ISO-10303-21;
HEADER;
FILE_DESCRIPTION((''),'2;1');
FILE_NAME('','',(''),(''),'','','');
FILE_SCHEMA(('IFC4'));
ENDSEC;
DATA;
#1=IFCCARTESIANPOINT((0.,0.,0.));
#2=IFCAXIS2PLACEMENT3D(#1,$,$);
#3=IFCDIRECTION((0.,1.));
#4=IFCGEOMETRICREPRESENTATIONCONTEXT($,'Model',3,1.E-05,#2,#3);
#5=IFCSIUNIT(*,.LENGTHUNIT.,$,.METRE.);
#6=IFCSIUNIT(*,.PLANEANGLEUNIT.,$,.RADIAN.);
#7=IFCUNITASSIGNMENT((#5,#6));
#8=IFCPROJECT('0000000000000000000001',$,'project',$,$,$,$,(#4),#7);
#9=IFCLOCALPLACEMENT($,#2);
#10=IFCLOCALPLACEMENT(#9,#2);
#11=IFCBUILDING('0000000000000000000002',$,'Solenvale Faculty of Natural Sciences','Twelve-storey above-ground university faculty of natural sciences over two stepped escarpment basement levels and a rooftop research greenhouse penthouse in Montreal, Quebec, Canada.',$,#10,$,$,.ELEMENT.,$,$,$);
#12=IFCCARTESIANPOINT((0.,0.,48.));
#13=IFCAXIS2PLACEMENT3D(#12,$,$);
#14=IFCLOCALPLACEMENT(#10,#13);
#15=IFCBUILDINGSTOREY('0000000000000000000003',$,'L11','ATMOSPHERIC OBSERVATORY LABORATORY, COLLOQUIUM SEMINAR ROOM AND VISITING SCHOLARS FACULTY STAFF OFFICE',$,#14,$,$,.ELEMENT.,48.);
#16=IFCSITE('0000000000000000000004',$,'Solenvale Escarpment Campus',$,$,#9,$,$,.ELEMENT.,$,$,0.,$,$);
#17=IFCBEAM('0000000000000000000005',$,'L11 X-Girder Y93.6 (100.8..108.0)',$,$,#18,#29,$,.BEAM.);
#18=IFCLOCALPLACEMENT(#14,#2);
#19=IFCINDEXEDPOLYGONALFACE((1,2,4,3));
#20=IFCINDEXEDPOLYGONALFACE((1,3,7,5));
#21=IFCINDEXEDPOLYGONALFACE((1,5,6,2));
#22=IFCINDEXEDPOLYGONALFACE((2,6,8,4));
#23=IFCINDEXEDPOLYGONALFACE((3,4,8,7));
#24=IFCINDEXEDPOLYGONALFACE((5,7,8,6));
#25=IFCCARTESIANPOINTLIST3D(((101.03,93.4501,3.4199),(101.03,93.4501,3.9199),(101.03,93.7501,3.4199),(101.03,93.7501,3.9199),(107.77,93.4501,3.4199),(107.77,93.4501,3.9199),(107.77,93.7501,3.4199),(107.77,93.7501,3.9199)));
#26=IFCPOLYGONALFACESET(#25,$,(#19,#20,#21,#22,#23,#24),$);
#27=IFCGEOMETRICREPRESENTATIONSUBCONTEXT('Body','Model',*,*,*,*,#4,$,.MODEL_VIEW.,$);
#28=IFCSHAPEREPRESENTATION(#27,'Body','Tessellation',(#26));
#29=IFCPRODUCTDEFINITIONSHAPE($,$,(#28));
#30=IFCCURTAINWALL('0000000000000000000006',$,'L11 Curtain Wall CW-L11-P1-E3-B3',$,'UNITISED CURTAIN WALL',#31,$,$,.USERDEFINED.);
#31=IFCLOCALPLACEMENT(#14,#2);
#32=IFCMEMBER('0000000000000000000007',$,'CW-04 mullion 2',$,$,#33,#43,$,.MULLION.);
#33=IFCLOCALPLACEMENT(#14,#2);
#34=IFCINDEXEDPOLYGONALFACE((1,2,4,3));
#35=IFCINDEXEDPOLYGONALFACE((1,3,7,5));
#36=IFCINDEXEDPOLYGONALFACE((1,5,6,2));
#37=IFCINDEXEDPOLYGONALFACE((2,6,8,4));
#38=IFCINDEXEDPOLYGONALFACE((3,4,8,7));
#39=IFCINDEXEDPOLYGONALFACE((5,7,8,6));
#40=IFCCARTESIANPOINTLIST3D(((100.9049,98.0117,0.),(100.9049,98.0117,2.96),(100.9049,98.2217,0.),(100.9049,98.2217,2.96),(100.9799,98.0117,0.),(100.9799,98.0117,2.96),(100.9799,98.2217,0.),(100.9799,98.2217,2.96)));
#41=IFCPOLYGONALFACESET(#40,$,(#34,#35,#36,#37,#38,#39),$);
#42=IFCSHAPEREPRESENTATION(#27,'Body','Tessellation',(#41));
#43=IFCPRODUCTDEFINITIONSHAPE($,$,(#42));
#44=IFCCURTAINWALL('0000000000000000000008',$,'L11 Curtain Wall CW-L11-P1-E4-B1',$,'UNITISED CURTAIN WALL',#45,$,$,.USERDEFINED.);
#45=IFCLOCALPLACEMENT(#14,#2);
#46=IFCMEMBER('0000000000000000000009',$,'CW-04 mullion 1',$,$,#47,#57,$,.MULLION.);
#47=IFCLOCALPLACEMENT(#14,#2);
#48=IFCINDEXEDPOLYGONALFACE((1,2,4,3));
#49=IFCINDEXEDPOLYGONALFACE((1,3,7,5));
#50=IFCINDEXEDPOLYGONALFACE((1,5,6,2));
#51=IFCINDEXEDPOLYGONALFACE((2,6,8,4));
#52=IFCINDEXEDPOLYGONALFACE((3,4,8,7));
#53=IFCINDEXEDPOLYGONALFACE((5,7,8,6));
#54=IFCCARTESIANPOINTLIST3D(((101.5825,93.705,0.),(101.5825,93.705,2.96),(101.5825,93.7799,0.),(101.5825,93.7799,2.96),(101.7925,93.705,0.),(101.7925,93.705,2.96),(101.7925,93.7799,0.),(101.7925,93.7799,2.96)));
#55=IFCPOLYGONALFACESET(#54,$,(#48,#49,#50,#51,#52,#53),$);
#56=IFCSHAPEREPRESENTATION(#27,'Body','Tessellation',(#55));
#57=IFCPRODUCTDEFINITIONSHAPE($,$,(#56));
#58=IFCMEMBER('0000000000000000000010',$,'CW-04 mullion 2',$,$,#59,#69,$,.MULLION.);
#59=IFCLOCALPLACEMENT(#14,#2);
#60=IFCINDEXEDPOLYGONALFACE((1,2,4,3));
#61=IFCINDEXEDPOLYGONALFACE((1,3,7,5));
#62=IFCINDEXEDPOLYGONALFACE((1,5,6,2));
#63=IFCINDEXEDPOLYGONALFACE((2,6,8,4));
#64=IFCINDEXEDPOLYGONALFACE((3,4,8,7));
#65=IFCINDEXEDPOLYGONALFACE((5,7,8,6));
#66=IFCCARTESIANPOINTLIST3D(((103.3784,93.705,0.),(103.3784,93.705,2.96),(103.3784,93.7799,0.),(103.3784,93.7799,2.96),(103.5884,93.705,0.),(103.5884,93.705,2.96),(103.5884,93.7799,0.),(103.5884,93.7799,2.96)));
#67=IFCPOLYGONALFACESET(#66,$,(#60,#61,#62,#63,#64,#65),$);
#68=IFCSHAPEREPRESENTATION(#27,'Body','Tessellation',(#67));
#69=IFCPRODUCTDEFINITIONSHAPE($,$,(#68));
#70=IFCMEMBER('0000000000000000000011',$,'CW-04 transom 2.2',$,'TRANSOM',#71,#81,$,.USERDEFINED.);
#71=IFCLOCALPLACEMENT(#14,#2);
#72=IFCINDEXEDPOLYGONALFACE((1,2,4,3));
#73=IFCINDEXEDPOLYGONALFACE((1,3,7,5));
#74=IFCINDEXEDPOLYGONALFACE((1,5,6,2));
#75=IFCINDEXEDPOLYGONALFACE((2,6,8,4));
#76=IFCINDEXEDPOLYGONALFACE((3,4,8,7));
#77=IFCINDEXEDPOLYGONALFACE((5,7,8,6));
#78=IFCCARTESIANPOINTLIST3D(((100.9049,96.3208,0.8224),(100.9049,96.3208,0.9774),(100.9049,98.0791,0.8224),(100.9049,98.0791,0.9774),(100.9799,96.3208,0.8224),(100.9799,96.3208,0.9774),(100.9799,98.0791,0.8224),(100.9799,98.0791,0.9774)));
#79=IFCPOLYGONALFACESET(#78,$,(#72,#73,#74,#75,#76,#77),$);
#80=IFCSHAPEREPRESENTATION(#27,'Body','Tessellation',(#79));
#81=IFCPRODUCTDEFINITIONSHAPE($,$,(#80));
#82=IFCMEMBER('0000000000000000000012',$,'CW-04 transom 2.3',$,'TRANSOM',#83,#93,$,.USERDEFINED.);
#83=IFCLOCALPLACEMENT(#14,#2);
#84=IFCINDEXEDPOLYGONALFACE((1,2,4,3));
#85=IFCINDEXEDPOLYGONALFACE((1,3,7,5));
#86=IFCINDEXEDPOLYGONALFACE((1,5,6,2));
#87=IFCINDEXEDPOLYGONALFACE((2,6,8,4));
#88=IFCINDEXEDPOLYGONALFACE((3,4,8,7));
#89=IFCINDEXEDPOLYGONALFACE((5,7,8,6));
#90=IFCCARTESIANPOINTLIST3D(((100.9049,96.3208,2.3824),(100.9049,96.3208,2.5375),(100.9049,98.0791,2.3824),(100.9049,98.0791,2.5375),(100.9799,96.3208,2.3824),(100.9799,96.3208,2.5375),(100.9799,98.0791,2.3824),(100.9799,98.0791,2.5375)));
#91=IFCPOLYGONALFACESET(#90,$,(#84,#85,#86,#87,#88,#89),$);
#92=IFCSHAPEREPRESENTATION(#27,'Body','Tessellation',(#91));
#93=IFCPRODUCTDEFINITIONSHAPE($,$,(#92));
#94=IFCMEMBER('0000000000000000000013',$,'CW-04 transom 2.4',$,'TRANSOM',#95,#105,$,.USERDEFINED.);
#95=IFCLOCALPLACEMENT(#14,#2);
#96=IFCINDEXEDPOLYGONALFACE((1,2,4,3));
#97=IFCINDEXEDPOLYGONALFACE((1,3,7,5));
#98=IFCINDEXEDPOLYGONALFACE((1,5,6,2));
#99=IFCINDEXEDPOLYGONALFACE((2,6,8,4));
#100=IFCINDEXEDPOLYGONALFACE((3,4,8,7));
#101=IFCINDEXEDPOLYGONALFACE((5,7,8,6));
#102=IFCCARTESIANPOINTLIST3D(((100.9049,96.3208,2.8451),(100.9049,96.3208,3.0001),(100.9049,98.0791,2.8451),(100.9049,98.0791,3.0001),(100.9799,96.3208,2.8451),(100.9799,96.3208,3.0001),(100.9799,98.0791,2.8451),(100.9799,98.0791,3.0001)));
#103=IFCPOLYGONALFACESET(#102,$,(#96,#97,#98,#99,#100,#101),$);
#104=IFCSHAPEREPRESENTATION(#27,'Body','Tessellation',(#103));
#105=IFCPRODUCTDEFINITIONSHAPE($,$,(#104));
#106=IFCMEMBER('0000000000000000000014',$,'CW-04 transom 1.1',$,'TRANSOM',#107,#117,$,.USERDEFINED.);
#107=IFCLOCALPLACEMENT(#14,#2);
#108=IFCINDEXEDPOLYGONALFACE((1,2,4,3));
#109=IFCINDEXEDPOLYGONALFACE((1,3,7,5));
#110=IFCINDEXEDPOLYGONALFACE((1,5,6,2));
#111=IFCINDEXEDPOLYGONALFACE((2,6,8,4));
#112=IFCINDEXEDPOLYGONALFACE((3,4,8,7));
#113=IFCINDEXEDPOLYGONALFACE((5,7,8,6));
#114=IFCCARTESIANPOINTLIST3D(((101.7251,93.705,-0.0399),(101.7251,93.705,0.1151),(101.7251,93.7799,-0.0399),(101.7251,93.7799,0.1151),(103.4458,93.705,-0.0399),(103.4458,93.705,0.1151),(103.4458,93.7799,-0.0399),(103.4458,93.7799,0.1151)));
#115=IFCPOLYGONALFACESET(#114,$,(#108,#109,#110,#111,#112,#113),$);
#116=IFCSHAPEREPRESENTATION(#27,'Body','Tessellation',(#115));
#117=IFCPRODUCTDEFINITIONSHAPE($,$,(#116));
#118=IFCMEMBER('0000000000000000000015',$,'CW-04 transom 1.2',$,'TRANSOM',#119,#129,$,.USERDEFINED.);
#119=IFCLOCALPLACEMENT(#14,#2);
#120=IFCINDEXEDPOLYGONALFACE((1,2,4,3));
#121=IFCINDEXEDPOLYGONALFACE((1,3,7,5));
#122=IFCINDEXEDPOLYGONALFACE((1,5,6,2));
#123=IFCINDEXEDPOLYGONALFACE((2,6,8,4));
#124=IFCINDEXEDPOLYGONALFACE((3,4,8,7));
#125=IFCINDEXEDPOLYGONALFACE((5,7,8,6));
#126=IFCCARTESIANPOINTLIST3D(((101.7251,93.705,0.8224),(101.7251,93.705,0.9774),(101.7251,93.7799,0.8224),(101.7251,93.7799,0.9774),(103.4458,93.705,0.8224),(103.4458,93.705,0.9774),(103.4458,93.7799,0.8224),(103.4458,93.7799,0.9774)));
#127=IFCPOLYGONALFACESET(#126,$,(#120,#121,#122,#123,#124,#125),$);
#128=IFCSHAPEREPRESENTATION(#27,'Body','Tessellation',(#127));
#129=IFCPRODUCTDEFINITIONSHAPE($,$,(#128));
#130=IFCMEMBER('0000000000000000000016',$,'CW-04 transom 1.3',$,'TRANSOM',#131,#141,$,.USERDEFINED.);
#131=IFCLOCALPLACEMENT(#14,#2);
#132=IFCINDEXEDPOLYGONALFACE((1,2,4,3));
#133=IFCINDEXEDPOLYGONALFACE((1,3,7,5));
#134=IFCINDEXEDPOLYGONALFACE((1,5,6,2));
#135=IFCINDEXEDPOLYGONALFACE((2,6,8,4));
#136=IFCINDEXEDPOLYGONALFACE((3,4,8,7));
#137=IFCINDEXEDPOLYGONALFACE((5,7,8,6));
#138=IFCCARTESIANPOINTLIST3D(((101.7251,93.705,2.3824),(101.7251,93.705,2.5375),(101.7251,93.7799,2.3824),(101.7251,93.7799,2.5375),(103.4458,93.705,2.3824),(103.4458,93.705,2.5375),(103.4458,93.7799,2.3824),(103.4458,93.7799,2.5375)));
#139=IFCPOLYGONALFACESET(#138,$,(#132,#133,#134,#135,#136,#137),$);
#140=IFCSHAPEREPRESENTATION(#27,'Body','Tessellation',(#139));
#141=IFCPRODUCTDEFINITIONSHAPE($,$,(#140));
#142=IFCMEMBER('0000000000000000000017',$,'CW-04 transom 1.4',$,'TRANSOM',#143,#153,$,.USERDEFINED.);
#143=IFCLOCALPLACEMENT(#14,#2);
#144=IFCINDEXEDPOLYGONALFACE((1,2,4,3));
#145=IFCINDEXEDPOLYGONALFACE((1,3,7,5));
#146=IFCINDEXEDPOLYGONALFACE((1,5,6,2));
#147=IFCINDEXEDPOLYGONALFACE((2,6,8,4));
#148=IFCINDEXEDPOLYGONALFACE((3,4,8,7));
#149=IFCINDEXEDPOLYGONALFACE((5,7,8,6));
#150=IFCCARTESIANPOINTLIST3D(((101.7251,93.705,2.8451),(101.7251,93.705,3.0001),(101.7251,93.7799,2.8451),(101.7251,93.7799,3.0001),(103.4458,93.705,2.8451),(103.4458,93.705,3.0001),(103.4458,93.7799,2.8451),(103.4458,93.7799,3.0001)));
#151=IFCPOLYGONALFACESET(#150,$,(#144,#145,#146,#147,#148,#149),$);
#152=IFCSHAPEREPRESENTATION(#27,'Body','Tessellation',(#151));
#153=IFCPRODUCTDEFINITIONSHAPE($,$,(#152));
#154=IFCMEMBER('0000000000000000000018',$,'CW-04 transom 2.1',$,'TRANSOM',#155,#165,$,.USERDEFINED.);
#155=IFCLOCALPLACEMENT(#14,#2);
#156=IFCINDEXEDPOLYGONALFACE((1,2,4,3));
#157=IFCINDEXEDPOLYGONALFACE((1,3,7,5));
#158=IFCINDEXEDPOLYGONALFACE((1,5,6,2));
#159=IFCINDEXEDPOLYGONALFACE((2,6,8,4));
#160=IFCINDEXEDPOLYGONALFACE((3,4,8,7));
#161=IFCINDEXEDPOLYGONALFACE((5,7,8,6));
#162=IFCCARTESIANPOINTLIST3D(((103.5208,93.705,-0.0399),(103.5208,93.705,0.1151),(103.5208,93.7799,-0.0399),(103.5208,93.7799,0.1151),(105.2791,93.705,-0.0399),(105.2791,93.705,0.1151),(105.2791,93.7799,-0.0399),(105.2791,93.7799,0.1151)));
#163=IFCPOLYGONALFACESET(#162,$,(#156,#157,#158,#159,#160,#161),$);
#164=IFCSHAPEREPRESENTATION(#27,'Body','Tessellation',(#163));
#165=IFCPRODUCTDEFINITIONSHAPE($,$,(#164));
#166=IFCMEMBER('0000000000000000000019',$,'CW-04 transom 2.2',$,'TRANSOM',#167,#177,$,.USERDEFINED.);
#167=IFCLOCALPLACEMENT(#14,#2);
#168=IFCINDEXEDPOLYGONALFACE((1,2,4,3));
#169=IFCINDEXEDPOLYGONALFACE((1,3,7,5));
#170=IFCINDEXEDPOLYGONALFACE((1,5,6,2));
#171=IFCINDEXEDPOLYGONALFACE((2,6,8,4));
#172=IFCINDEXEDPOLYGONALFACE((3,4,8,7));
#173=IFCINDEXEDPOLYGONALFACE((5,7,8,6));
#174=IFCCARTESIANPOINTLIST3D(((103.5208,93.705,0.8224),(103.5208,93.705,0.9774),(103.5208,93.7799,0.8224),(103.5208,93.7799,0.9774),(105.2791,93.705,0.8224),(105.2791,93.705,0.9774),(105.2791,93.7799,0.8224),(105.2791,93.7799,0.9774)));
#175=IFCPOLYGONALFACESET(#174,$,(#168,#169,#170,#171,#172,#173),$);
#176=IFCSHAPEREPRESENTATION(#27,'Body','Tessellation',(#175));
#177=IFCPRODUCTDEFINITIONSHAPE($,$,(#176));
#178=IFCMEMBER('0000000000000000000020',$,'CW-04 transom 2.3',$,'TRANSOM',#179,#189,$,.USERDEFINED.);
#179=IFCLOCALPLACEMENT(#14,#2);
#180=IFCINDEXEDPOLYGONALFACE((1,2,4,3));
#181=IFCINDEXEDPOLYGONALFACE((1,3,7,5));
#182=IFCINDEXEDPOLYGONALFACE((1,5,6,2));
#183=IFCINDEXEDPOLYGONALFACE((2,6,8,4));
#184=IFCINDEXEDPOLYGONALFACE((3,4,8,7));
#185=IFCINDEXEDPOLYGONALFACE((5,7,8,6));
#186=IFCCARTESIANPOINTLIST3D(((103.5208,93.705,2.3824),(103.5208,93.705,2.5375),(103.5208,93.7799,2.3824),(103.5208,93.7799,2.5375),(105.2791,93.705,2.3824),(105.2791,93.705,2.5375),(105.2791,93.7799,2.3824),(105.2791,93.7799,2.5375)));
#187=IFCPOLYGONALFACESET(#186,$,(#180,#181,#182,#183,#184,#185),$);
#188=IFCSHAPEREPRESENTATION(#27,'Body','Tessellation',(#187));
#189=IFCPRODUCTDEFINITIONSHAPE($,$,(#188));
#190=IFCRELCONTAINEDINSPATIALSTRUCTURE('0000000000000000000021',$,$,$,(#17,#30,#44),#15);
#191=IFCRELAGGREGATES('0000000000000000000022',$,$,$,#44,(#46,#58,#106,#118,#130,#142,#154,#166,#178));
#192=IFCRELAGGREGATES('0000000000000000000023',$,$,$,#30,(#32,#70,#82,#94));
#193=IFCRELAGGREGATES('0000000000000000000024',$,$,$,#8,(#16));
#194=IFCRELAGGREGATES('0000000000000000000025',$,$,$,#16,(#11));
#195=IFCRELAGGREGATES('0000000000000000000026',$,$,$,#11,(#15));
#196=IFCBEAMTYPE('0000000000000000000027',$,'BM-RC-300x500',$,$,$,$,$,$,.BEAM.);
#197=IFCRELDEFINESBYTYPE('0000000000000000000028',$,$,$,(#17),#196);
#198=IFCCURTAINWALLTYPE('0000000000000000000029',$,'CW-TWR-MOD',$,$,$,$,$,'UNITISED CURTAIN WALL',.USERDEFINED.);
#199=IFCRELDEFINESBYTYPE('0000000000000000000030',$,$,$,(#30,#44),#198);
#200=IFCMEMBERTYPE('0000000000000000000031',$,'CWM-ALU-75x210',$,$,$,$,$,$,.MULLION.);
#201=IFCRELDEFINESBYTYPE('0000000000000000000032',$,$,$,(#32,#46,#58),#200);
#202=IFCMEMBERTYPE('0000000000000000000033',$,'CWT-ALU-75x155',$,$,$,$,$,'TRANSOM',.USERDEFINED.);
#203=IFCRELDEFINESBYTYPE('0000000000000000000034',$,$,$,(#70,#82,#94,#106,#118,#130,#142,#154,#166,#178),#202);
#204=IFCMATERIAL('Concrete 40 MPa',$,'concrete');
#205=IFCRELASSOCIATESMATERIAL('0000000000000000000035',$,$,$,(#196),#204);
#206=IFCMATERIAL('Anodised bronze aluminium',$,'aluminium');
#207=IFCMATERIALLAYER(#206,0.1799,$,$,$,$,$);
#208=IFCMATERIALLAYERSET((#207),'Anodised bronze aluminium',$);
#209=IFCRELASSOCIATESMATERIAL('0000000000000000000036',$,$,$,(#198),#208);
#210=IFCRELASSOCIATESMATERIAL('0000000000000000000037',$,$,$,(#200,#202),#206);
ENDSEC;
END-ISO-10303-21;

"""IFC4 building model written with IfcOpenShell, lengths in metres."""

from ifc_helpers import new_model, si_unit, direction, frame, origin, origin_2d, place, context, subcontext, project, spatial, rectangle, extrude, material, layer, layer_set, material_profile, profile_set, type_object, element, aggregate, save


model = new_model("IFC4")

# Units and contexts
model_context = context("Model", 3, precision=1e-05, world=origin(), true_north=direction((0.0, 1.0)))
body_context = subcontext(model_context, "Body", "Model", "MODEL_VIEW")
ifc_project = project(units=[si_unit("LENGTHUNIT", "METRE"), si_unit("PLANEANGLEUNIT", "RADIAN")], contexts=[model_context])

# Site, building, storey
site_placement = place(None, origin())
site = spatial("IfcSite", under=ifc_project, at=site_placement, Name="Solenvale Escarpment Campus", CompositionType="ELEMENT", RefElevation=0.0)
building_placement = place(site_placement, origin())
building = spatial("IfcBuilding", under=site, at=building_placement, Name="Solenvale Faculty of Natural Sciences", Description="Twelve-storey above-ground university faculty of natural sciences over two stepped escarpment basement levels and a rooftop research greenhouse penthouse in Montreal, Quebec, Canada.", CompositionType="ELEMENT")
storey_placement = place(building_placement, frame((0.0, 0.0, 48.0)))
storey = spatial("IfcBuildingStorey", under=building, at=storey_placement, Name="L11", Description="ATMOSPHERIC OBSERVATORY LABORATORY, COLLOQUIUM SEMINAR ROOM AND VISITING SCHOLARS FACULTY STAFF OFFICE", CompositionType="ELEMENT", Elevation=48.0)

# Beam
ifc_material_1 = material(Name="Concrete 40 MPa", Category="concrete")
ifc_material_profile_1 = material_profile(ifc_material_1, rectangle(XDim=0.3, YDim=0.5, at=origin_2d()), Name="RC-BM-300x500")
ifc_profile_set_1 = profile_set([ifc_material_profile_1], Name="Concrete 40 MPa")
beam_type = type_object("IfcBeamType", Name="BM-RC-300x500", PredefinedType="BEAM", material=ifc_profile_set_1)
beam_placement = place(storey_placement, frame((101.03, 93.6001, 3.6699), z_axis=(1.0, 0.0, 0.0), x_axis=(0.0, 1.0, 0.0)))
element("IfcBeam", 1, at=beam_placement, inside=storey, type_object=beam_type, Name="L11 X-Girder Y93.6 (100.8..108.0)", PredefinedType="BEAM", context=body_context, shape_type="SweptSolid", body=[
    extrude(rectangle(XDim=0.3, YDim=0.5, at=origin_2d()), origin(), (0.0, 0.0, 1.0), 6.74),
])

# Curtain wall, member
ifc_material_2 = material(Name="Anodised bronze aluminium", Category="aluminium")
ifc_layer_1 = layer(ifc_material_2, 0.1799)
ifc_layer_set_1 = layer_set([ifc_layer_1], Name="Anodised bronze aluminium")
curtain_wall_type = type_object("IfcCurtainWallType", Name="CW-TWR-MOD", ElementType="UNITISED CURTAIN WALL", PredefinedType="USERDEFINED", material=ifc_layer_set_1)
curtain_wall_1_placement = place(storey_placement, origin())
curtain_wall_1 = element("IfcCurtainWall", 2, at=curtain_wall_1_placement, inside=storey, type_object=curtain_wall_type, Name="L11 Curtain Wall CW-L11-P1-E3-B3", ObjectType="UNITISED CURTAIN WALL", PredefinedType="USERDEFINED")
ifc_material_profile_2 = material_profile(ifc_material_2, rectangle(XDim=0.075, YDim=0.21, at=origin_2d()), Name="ALU-MUL-75x210")
ifc_profile_set_2 = profile_set([ifc_material_profile_2], Name="Anodised bronze aluminium")
member_type_1 = type_object("IfcMemberType", Name="CWM-ALU-75x210", PredefinedType="MULLION", material=ifc_profile_set_2)
member_1_placement = place(storey_placement, frame((100.9424, 98.1167, 0.0), z_axis=(0.0, 0.0, 1.0), x_axis=(1.0, 0.0, 0.0)))
member_1 = element("IfcMember", 3, at=member_1_placement, type_object=member_type_1, Name="CW-04 mullion 2", PredefinedType="MULLION", context=body_context, shape_type="SweptSolid", body=[
    extrude(rectangle(XDim=0.075, YDim=0.21, at=origin_2d()), origin(), (0.0, 0.0, 1.0), 2.96),
])

# Curtain wall, members
curtain_wall_2_placement = place(storey_placement, origin())
curtain_wall_2 = element("IfcCurtainWall", 4, at=curtain_wall_2_placement, inside=storey, type_object=curtain_wall_type, Name="L11 Curtain Wall CW-L11-P1-E4-B1", ObjectType="UNITISED CURTAIN WALL", PredefinedType="USERDEFINED")
member_2_placement = place(storey_placement, frame((101.6875, 93.7424, 0.0), z_axis=(0.0, 0.0, 1.0), x_axis=(0.0, 1.0, 0.0)))
member_2 = element("IfcMember", 5, at=member_2_placement, type_object=member_type_1, Name="CW-04 mullion 1", PredefinedType="MULLION", context=body_context, shape_type="SweptSolid", body=[
    extrude(rectangle(XDim=0.075, YDim=0.21, at=origin_2d()), origin(), (0.0, 0.0, 1.0), 2.96),
])
member_3_placement = place(storey_placement, frame((103.4834, 93.7424, 0.0), z_axis=(0.0, 0.0, 1.0), x_axis=(0.0, 1.0, 0.0)))
member_3 = element("IfcMember", 6, at=member_3_placement, type_object=member_type_1, Name="CW-04 mullion 2", PredefinedType="MULLION", context=body_context, shape_type="SweptSolid", body=[
    extrude(rectangle(XDim=0.075, YDim=0.21, at=origin_2d()), origin(), (0.0, 0.0, 1.0), 2.96),
])

# Members
ifc_material_profile_3 = material_profile(ifc_material_2, rectangle(XDim=0.075, YDim=0.155, at=origin_2d()), Name="ALU-TRN-75x155")
ifc_profile_set_3 = profile_set([ifc_material_profile_3], Name="Anodised bronze aluminium")
member_type_2 = type_object("IfcMemberType", Name="CWT-ALU-75x155", ElementType="TRANSOM", PredefinedType="USERDEFINED", material=ifc_profile_set_3)
member_4_placement = place(storey_placement, frame((100.9424, 98.0791, 0.8999), z_axis=(0.0, -1.0, 0.0), x_axis=(1.0, 0.0, 0.0)))
member_4 = element("IfcMember", 7, at=member_4_placement, type_object=member_type_2, Name="CW-04 transom 2.2", ObjectType="TRANSOM", PredefinedType="USERDEFINED", context=body_context, shape_type="SweptSolid", body=[
    extrude(rectangle(XDim=0.075, YDim=0.155, at=origin_2d()), origin(), (0.0, 0.0, 1.0), 1.7583),
])
member_5_placement = place(storey_placement, frame((100.9424, 98.0791, 2.46), z_axis=(0.0, -1.0, 0.0), x_axis=(1.0, 0.0, 0.0)))
member_5 = element("IfcMember", 8, at=member_5_placement, type_object=member_type_2, Name="CW-04 transom 2.3", ObjectType="TRANSOM", PredefinedType="USERDEFINED", context=body_context, shape_type="SweptSolid", body=[
    extrude(rectangle(XDim=0.075, YDim=0.155, at=origin_2d()), origin(), (0.0, 0.0, 1.0), 1.7583),
])
member_6_placement = place(storey_placement, frame((100.9424, 98.0791, 2.9226), z_axis=(0.0, -1.0, 0.0), x_axis=(1.0, 0.0, 0.0)))
member_6 = element("IfcMember", 9, at=member_6_placement, type_object=member_type_2, Name="CW-04 transom 2.4", ObjectType="TRANSOM", PredefinedType="USERDEFINED", context=body_context, shape_type="SweptSolid", body=[
    extrude(rectangle(XDim=0.075, YDim=0.155, at=origin_2d()), origin(), (0.0, 0.0, 1.0), 1.7583),
])
member_7_placement = place(storey_placement, frame((101.7251, 93.7424, 0.0376), z_axis=(1.0, 0.0, 0.0), x_axis=(0.0, 1.0, 0.0)))
member_7 = element("IfcMember", 10, at=member_7_placement, type_object=member_type_2, Name="CW-04 transom 1.1", ObjectType="TRANSOM", PredefinedType="USERDEFINED", context=body_context, shape_type="SweptSolid", body=[
    extrude(rectangle(XDim=0.075, YDim=0.155, at=origin_2d()), origin(), (0.0, 0.0, 1.0), 1.7207),
])
member_8_placement = place(storey_placement, frame((101.7251, 93.7424, 0.8999), z_axis=(1.0, 0.0, 0.0), x_axis=(0.0, 1.0, 0.0)))
member_8 = element("IfcMember", 11, at=member_8_placement, type_object=member_type_2, Name="CW-04 transom 1.2", ObjectType="TRANSOM", PredefinedType="USERDEFINED", context=body_context, shape_type="SweptSolid", body=[
    extrude(rectangle(XDim=0.075, YDim=0.155, at=origin_2d()), origin(), (0.0, 0.0, 1.0), 1.7207),
])
member_9_placement = place(storey_placement, frame((101.7251, 93.7424, 2.46), z_axis=(1.0, 0.0, 0.0), x_axis=(0.0, 1.0, 0.0)))
member_9 = element("IfcMember", 12, at=member_9_placement, type_object=member_type_2, Name="CW-04 transom 1.3", ObjectType="TRANSOM", PredefinedType="USERDEFINED", context=body_context, shape_type="SweptSolid", body=[
    extrude(rectangle(XDim=0.075, YDim=0.155, at=origin_2d()), origin(), (0.0, 0.0, 1.0), 1.7207),
])
member_10_placement = place(storey_placement, frame((101.7251, 93.7424, 2.9226), z_axis=(1.0, 0.0, 0.0), x_axis=(0.0, 1.0, 0.0)))
member_10 = element("IfcMember", 13, at=member_10_placement, type_object=member_type_2, Name="CW-04 transom 1.4", ObjectType="TRANSOM", PredefinedType="USERDEFINED", context=body_context, shape_type="SweptSolid", body=[
    extrude(rectangle(XDim=0.075, YDim=0.155, at=origin_2d()), origin(), (0.0, 0.0, 1.0), 1.7207),
])
member_11_placement = place(storey_placement, frame((103.5208, 93.7424, 0.0376), z_axis=(1.0, 0.0, 0.0), x_axis=(0.0, 1.0, 0.0)))
member_11 = element("IfcMember", 14, at=member_11_placement, type_object=member_type_2, Name="CW-04 transom 2.1", ObjectType="TRANSOM", PredefinedType="USERDEFINED", context=body_context, shape_type="SweptSolid", body=[
    extrude(rectangle(XDim=0.075, YDim=0.155, at=origin_2d()), origin(), (0.0, 0.0, 1.0), 1.7583),
])
member_12_placement = place(storey_placement, frame((103.5208, 93.7424, 0.8999), z_axis=(1.0, 0.0, 0.0), x_axis=(0.0, 1.0, 0.0)))
member_12 = element("IfcMember", 15, at=member_12_placement, type_object=member_type_2, Name="CW-04 transom 2.2", ObjectType="TRANSOM", PredefinedType="USERDEFINED", context=body_context, shape_type="SweptSolid", body=[
    extrude(rectangle(XDim=0.075, YDim=0.155, at=origin_2d()), origin(), (0.0, 0.0, 1.0), 1.7583),
])
member_13_placement = place(storey_placement, frame((103.5208, 93.7424, 2.46), z_axis=(1.0, 0.0, 0.0), x_axis=(0.0, 1.0, 0.0)))
member_13 = element("IfcMember", 16, at=member_13_placement, type_object=member_type_2, Name="CW-04 transom 2.3", ObjectType="TRANSOM", PredefinedType="USERDEFINED", context=body_context, shape_type="SweptSolid", body=[
    extrude(rectangle(XDim=0.075, YDim=0.155, at=origin_2d()), origin(), (0.0, 0.0, 1.0), 1.7583),
])

aggregate(curtain_wall_2, [member_2, member_3, member_7, member_8, member_9, member_10, member_11, member_12, member_13])
aggregate(curtain_wall_1, [member_1, member_4, member_5, member_6])

save(model, "model.ifc")
